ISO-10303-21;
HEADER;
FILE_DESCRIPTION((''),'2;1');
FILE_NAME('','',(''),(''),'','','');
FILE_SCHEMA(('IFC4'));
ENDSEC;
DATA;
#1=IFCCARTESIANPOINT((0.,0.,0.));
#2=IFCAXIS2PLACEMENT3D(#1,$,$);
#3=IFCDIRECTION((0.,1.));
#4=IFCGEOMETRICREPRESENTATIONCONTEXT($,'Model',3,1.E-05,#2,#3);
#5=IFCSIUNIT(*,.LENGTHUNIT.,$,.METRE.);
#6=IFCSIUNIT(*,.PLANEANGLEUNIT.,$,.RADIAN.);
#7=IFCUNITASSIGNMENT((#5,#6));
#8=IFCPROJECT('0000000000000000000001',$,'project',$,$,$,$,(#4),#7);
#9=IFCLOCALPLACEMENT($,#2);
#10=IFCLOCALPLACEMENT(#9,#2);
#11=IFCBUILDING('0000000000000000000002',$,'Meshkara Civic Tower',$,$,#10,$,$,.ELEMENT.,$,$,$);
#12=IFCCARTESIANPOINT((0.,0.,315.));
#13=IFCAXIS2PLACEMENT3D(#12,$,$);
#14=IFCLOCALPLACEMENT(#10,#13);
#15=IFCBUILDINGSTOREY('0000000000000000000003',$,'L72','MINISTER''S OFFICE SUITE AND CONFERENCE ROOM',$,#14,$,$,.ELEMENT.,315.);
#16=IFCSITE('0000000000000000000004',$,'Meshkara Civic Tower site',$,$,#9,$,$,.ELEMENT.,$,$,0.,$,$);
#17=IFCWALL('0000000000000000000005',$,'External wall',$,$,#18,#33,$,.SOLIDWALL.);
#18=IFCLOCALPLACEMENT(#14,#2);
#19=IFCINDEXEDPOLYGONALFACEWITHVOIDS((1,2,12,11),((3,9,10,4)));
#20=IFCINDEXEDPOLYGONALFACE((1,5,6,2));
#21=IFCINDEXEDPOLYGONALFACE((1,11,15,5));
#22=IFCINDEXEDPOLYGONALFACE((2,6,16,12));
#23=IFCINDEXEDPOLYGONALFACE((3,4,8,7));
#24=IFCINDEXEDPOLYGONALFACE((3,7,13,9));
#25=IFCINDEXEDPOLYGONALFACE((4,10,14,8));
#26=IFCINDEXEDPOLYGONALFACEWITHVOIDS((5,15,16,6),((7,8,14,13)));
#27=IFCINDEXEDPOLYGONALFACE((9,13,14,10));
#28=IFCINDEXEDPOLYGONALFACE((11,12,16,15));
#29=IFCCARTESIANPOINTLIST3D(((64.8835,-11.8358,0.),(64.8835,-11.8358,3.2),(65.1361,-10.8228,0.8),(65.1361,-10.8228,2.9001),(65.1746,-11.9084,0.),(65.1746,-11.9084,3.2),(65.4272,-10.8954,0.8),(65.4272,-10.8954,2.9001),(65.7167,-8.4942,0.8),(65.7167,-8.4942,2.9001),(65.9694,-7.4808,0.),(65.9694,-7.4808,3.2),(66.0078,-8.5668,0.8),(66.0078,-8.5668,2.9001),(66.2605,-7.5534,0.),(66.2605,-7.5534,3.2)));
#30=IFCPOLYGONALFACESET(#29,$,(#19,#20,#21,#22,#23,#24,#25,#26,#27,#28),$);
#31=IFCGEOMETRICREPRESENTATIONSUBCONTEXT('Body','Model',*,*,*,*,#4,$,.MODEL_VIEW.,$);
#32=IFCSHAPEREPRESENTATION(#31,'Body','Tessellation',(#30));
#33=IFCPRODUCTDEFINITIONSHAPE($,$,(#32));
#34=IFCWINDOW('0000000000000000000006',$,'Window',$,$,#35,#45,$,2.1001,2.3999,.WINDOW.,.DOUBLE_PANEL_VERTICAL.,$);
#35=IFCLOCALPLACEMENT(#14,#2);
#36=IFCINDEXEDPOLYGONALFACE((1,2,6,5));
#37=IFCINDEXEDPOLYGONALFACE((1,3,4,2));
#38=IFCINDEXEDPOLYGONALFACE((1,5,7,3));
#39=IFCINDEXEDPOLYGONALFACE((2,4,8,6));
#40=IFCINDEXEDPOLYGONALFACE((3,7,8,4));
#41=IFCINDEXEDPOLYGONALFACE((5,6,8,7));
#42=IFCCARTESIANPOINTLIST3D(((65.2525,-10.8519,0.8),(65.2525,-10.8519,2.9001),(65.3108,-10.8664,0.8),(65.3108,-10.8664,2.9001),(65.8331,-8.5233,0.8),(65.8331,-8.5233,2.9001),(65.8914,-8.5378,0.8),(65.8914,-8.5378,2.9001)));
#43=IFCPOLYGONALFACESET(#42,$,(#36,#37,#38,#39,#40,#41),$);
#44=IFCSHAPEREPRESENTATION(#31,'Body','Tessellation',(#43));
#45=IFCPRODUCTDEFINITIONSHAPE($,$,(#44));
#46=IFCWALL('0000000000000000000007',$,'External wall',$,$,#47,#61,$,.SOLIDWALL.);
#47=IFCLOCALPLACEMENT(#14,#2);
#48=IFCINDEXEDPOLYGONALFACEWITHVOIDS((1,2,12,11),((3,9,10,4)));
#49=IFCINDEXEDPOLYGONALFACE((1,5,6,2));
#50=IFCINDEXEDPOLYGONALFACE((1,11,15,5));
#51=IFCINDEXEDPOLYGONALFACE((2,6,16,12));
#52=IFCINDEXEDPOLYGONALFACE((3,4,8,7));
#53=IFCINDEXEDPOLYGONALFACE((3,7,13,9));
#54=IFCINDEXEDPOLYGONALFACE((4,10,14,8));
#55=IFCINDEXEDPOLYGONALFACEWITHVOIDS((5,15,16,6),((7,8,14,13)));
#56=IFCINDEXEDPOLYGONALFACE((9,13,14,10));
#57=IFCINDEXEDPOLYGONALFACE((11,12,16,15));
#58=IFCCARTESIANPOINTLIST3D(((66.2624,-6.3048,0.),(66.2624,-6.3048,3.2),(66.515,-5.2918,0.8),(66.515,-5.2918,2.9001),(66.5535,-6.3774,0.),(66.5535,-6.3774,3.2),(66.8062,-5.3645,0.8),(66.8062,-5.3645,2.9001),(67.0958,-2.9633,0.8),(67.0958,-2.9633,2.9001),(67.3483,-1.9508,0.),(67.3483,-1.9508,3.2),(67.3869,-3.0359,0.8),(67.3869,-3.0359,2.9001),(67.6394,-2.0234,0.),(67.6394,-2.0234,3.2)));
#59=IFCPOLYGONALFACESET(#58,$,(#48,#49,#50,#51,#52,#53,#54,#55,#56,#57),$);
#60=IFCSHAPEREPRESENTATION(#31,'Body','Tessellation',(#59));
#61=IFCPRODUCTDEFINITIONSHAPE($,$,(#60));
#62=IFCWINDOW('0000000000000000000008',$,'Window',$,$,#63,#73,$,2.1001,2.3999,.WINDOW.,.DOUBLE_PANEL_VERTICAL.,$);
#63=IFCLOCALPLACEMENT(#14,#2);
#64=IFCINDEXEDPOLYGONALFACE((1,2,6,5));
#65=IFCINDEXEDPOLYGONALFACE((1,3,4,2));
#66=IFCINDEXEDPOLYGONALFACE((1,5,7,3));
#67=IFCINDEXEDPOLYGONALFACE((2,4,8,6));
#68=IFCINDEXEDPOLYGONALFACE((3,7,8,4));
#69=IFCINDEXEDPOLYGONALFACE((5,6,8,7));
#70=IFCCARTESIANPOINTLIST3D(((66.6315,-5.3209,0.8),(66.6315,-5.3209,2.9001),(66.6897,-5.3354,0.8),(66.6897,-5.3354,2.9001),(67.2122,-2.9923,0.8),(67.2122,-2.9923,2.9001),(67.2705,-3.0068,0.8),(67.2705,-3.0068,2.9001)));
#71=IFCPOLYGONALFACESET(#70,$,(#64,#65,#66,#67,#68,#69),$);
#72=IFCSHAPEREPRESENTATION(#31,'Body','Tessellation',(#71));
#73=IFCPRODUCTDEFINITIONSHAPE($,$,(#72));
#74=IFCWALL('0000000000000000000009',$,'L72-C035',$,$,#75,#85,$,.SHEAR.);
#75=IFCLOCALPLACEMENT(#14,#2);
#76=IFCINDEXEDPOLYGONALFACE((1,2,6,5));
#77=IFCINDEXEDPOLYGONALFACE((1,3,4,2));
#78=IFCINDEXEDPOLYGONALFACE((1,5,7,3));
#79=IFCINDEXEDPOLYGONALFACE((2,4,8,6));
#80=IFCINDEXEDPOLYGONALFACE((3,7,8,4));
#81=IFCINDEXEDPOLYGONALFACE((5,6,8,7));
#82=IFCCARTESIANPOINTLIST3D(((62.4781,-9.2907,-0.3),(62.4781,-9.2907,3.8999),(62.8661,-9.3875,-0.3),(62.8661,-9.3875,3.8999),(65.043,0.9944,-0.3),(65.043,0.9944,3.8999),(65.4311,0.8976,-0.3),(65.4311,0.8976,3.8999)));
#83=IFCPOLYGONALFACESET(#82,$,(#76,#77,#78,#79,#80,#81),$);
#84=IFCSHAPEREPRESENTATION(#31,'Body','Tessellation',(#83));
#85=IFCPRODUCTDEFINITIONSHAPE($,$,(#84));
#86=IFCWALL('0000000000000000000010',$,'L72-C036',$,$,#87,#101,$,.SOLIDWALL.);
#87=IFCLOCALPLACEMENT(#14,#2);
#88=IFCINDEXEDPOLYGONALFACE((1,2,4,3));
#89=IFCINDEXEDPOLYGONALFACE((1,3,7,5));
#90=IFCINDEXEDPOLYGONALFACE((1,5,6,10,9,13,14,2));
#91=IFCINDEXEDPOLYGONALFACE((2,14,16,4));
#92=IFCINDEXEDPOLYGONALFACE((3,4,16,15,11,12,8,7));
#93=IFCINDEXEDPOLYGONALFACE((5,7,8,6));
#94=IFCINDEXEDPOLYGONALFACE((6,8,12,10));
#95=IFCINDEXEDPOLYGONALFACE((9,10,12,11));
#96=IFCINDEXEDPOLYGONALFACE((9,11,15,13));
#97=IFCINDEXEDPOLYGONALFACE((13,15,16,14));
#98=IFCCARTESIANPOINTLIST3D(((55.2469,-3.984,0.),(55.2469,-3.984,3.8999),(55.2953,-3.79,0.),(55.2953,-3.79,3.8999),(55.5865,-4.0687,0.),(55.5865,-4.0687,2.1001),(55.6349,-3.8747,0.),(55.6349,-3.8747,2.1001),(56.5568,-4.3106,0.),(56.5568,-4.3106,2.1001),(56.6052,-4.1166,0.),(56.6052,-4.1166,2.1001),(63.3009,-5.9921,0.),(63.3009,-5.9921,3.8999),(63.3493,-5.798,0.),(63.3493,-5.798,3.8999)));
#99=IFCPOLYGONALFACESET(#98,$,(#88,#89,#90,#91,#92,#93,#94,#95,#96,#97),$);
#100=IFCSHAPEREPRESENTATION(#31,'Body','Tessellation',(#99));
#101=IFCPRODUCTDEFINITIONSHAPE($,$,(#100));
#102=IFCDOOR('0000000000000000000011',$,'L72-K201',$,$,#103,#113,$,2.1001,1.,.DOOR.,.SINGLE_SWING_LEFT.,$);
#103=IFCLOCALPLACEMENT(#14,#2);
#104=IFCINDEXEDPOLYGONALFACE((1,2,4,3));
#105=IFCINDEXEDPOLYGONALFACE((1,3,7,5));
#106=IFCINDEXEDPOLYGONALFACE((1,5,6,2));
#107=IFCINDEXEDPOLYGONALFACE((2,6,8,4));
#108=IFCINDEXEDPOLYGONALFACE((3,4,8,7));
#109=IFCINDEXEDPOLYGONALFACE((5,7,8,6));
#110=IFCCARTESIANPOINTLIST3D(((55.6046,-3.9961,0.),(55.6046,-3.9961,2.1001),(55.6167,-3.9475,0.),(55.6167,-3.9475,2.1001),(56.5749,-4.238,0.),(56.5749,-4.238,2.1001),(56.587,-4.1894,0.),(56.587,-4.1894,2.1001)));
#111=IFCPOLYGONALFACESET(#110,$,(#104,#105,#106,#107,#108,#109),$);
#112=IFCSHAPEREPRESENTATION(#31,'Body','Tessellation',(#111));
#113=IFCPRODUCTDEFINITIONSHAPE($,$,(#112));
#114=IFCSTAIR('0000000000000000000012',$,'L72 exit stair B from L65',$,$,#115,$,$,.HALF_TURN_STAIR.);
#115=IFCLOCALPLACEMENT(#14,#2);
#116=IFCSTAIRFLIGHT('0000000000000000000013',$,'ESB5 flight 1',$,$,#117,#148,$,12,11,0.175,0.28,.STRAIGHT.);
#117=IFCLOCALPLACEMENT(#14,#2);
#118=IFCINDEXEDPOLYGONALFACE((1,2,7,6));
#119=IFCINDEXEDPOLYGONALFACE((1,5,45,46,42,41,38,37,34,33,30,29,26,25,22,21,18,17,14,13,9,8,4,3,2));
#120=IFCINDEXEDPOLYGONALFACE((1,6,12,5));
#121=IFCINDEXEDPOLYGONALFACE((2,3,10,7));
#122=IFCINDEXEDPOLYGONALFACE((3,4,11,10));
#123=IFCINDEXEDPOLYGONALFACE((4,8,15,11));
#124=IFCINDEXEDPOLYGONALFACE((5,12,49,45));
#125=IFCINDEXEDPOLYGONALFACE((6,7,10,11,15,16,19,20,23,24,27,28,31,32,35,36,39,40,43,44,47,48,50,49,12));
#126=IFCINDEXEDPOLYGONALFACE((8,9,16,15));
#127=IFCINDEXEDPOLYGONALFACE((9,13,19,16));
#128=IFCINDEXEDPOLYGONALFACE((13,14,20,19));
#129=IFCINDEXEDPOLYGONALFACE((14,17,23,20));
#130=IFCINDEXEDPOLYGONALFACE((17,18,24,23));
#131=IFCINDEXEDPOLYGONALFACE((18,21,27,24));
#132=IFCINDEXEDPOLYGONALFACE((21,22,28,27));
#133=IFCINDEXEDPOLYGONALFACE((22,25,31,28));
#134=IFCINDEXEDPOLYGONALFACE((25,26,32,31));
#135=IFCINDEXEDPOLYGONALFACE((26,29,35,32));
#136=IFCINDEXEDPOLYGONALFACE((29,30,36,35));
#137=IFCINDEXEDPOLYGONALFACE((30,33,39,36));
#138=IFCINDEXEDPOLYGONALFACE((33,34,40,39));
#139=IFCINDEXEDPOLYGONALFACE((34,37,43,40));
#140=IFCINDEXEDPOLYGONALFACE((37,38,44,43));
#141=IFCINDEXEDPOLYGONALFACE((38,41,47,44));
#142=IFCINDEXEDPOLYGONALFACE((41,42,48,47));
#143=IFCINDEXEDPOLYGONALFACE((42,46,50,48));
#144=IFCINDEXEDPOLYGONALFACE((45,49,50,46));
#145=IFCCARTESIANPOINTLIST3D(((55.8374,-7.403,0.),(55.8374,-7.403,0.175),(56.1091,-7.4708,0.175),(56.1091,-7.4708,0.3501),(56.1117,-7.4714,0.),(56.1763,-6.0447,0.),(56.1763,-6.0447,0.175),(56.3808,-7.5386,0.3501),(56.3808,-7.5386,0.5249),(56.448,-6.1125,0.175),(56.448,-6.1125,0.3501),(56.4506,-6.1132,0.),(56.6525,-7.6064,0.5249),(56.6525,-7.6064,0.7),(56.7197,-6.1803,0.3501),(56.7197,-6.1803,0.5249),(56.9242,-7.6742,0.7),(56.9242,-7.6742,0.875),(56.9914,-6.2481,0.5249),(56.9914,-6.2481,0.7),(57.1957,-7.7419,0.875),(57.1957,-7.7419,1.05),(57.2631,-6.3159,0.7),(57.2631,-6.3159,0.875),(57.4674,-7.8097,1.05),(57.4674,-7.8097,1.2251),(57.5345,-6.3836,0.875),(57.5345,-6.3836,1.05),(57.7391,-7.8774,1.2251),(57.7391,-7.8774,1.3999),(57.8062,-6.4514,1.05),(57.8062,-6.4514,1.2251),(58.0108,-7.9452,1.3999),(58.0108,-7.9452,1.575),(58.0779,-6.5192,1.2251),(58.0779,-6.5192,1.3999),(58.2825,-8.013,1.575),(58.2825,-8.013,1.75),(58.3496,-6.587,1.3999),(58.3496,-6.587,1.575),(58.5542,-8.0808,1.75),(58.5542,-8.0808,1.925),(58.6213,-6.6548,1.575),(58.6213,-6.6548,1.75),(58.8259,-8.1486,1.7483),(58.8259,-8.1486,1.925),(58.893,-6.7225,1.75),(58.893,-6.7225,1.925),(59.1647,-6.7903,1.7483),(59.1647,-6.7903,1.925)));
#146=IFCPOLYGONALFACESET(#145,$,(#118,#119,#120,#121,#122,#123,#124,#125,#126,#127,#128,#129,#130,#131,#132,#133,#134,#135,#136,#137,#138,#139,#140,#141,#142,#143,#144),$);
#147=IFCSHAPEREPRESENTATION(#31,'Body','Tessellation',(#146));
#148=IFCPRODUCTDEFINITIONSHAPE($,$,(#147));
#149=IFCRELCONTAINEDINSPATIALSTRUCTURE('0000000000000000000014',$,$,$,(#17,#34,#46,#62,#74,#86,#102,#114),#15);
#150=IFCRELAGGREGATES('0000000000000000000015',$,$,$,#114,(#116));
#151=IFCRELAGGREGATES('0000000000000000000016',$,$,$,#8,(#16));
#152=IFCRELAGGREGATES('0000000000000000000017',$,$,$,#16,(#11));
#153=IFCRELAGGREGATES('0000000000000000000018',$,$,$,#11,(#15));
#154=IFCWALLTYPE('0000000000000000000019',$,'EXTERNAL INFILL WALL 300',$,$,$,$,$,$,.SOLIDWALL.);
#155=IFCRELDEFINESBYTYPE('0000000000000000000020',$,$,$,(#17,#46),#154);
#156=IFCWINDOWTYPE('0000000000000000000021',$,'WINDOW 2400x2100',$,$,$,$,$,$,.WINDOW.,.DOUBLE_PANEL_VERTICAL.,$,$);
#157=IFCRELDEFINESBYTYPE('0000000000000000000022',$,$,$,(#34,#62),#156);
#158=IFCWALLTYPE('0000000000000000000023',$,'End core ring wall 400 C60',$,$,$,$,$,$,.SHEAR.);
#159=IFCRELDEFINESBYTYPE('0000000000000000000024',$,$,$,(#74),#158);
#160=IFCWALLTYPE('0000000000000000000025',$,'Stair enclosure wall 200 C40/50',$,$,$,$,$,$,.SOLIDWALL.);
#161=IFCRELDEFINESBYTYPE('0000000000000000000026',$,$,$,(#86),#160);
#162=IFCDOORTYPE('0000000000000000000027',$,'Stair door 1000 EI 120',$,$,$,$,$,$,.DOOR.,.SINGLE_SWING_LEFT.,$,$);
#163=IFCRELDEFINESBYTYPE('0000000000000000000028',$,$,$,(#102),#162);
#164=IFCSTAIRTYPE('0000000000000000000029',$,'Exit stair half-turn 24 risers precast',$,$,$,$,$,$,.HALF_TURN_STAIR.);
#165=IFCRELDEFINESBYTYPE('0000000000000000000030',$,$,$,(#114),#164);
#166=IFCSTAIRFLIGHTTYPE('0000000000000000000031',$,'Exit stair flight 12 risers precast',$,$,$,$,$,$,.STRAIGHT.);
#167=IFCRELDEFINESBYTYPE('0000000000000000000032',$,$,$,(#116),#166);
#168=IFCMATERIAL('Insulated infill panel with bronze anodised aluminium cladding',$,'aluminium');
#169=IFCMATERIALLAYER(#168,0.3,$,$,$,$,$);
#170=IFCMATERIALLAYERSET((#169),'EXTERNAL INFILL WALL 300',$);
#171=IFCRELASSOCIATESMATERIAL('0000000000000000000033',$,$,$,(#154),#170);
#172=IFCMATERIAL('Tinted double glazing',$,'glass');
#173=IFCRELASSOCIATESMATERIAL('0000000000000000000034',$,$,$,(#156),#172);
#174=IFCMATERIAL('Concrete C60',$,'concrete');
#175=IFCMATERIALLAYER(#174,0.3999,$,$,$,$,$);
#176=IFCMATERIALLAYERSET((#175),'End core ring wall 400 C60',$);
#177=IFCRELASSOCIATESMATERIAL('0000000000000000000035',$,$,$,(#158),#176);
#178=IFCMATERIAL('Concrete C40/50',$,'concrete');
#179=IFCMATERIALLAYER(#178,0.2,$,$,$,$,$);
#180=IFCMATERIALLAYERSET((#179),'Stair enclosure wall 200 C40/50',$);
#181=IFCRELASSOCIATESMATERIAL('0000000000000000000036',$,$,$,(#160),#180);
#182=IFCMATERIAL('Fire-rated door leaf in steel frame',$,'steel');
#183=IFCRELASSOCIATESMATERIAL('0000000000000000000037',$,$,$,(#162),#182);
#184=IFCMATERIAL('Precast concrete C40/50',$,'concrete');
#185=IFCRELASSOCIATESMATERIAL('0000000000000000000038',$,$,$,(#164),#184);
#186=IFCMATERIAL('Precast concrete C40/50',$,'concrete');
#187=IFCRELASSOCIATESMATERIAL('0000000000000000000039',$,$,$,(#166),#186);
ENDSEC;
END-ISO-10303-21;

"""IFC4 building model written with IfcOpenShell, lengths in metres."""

from ifc_helpers import new_model, si_unit, direction, frame, frame_2d, origin, place, context, subcontext, project, spatial, polyline, rectangle, outline, extrude, material, layer, layer_set, type_object, element, fill, aggregate, save


model = new_model("IFC4")

# Units and contexts
model_context = context("Model", 3, precision=1e-05, world=origin(), true_north=direction((0.0, 1.0)))
body_context = subcontext(model_context, "Body", "Model", "MODEL_VIEW")
ifc_project = project(units=[si_unit("LENGTHUNIT", "METRE"), si_unit("PLANEANGLEUNIT", "RADIAN")], contexts=[model_context])

# Site, building, storey
site_placement = place(None, origin())
site = spatial("IfcSite", under=ifc_project, at=site_placement, Name="Meshkara Civic Tower site", CompositionType="ELEMENT", RefElevation=0.0)
building_placement = place(site_placement, origin())
building = spatial("IfcBuilding", under=site, at=building_placement, Name="Meshkara Civic Tower", CompositionType="ELEMENT")
storey_placement = place(building_placement, frame((0.0, 0.0, 315.0)))
storey = spatial("IfcBuildingStorey", under=building, at=storey_placement, Name="L72", Description="MINISTER'S OFFICE SUITE AND CONFERENCE ROOM", CompositionType="ELEMENT", Elevation=315.0)

# Walls, openings, windows
ifc_material_1 = material(Name="Insulated infill panel with bronze anodised aluminium cladding", Category="aluminium")
ifc_layer_1 = layer(ifc_material_1, 0.3)
ifc_layer_set_1 = layer_set([ifc_layer_1], Name="EXTERNAL INFILL WALL 300")
wall_type_1 = type_object("IfcWallType", Name="EXTERNAL INFILL WALL 300", PredefinedType="SOLIDWALL", material=ifc_layer_set_1)
ifc_material_2 = material(Name="Tinted double glazing", Category="glass")
window_type = type_object("IfcWindowType", Name="WINDOW 2400x2100", PartitioningType="DOUBLE_PANEL_VERTICAL", PredefinedType="WINDOW", material=ifc_material_2)
wall_1_placement = place(storey_placement, frame((65.0291, -11.8721, 0.0), z_axis=(0.0, 0.0, 1.0), x_axis=(0.241947, 0.97029, 0.0)))
wall_1 = element("IfcWall", 1, at=wall_1_placement, inside=storey, type_object=wall_type_1, Name="External wall", PredefinedType="SOLIDWALL", context=body_context, shape_type="SweptSolid", body=[
    extrude(rectangle(XDim=4.4883, YDim=0.3, at=frame_2d((2.2441, 0.0))), origin(), (0.0, 0.0, 1.0), 3.2),
])
opening_1_placement = place(wall_1_placement, frame((1.0439, 0.0, 0.8)))
opening_1 = element("IfcOpeningElement", 2, at=opening_1_placement, cuts=wall_1, PredefinedType="OPENING", context=body_context, shape_type="SweptSolid", body=[
    extrude(rectangle(XDim=2.3999, YDim=2.1001, at=frame_2d((1.2, 1.05))), frame((0.0, 0.1599, 0.0), z_axis=(0.0, -1.0, 0.0), x_axis=(1.0, 0.0, 0.0)), (0.0, 0.0, 1.0), 0.3201),
])
window_1_placement = place(opening_1_placement, origin())
window_1 = element("IfcWindow", 3, at=window_1_placement, inside=storey, type_object=window_type, Name="Window", OverallHeight=2.1001, OverallWidth=2.3999, PartitioningType="DOUBLE_PANEL_VERTICAL", PredefinedType="WINDOW", context=body_context, shape_type="SweptSolid", body=[
    extrude(rectangle(XDim=2.3999, YDim=2.1001, at=frame_2d((1.2, 1.05))), frame((0.0, 0.03, 0.0), z_axis=(0.0, -1.0, 0.0), x_axis=(1.0, 0.0, 0.0)), (0.0, 0.0, 1.0), 0.0601),
])
fill(opening_1, window_1)
wall_2_placement = place(storey_placement, frame((66.408, -6.3411, 0.0), z_axis=(0.0, 0.0, 1.0), x_axis=(0.241998, 0.970277, 0.0)))
wall_2 = element("IfcWall", 4, at=wall_2_placement, inside=storey, type_object=wall_type_1, Name="External wall", PredefinedType="SOLIDWALL", context=body_context, shape_type="SweptSolid", body=[
    extrude(rectangle(XDim=4.4873, YDim=0.3, at=frame_2d((2.2437, 0.0))), origin(), (0.0, 0.0, 1.0), 3.2),
])
opening_2_placement = place(wall_2_placement, frame((1.0439, 0.0, 0.8)))
opening_2 = element("IfcOpeningElement", 5, at=opening_2_placement, cuts=wall_2, PredefinedType="OPENING", context=body_context, shape_type="SweptSolid", body=[
    extrude(rectangle(XDim=2.3999, YDim=2.1001, at=frame_2d((1.2, 1.05))), frame((0.0, 0.1599, 0.0), z_axis=(0.0, -1.0, 0.0), x_axis=(1.0, 0.0, 0.0)), (0.0, 0.0, 1.0), 0.3201),
])
window_2_placement = place(opening_2_placement, origin())
window_2 = element("IfcWindow", 6, at=window_2_placement, inside=storey, type_object=window_type, Name="Window", OverallHeight=2.1001, OverallWidth=2.3999, PartitioningType="DOUBLE_PANEL_VERTICAL", PredefinedType="WINDOW", context=body_context, shape_type="SweptSolid", body=[
    extrude(rectangle(XDim=2.3999, YDim=2.1001, at=frame_2d((1.2, 1.05))), frame((0.0, 0.03, 0.0), z_axis=(0.0, -1.0, 0.0), x_axis=(1.0, 0.0, 0.0)), (0.0, 0.0, 1.0), 0.0601),
])
fill(opening_2, window_2)

# Wall
ifc_material_3 = material(Name="Concrete C60", Category="concrete")
ifc_layer_2 = layer(ifc_material_3, 0.3999)
ifc_layer_set_2 = layer_set([ifc_layer_2], Name="End core ring wall 400 C60")
wall_type_2 = type_object("IfcWallType", Name="End core ring wall 400 C60", PredefinedType="SHEAR", material=ifc_layer_set_2)
wall_3_placement = place(storey_placement, frame((62.6721, -9.3391, -0.3), z_axis=(0.0, 0.0, 1.0), x_axis=(0.241972, 0.970283, 0.0)))
element("IfcWall", 7, at=wall_3_placement, inside=storey, type_object=wall_type_2, Name="L72-C035", PredefinedType="SHEAR", context=body_context, shape_type="SweptSolid", body=[
    extrude(rectangle(XDim=10.6001, YDim=0.3999, at=frame_2d((5.3, 0.0))), origin(), (0.0, 0.0, 1.0), 4.2),
])

# Wall, opening, door
ifc_material_4 = material(Name="Concrete C40/50", Category="concrete")
ifc_layer_3 = layer(ifc_material_4, 0.2)
ifc_layer_set_3 = layer_set([ifc_layer_3], Name="Stair enclosure wall 200 C40/50")
wall_type_3 = type_object("IfcWallType", Name="Stair enclosure wall 200 C40/50", PredefinedType="SOLIDWALL", material=ifc_layer_set_3)
wall_4_placement = place(storey_placement, frame((55.271, -3.887, 0.0), z_axis=(0.0, 0.0, 1.0), x_axis=(0.970296, -0.24192, 0.0)))
wall_4 = element("IfcWall", 8, at=wall_4_placement, inside=storey, type_object=wall_type_3, Name="L72-C036", PredefinedType="SOLIDWALL", context=body_context, shape_type="SweptSolid", body=[
    extrude(rectangle(XDim=8.3005, YDim=0.2, at=frame_2d((4.1504, 0.0))), origin(), (0.0, 0.0, 1.0), 3.8999),
])
opening_3_placement = place(wall_4_placement, frame((0.3501, 0.0, 0.0)))
opening_3 = element("IfcOpeningElement", 9, at=opening_3_placement, cuts=wall_4, PredefinedType="OPENING", context=body_context, shape_type="SweptSolid", body=[
    extrude(rectangle(XDim=1.0, YDim=2.1001, at=frame_2d((0.5, 1.05))), frame((0.0, 0.1099, 0.0), z_axis=(0.0, -1.0, 0.0), x_axis=(1.0, 0.0, 0.0)), (0.0, 0.0, 1.0), 0.22),
])
ifc_material_5 = material(Name="Fire-rated door leaf in steel frame", Category="steel")
door_type = type_object("IfcDoorType", Name="Stair door 1000 EI 120", OperationType="SINGLE_SWING_LEFT", PredefinedType="DOOR", material=ifc_material_5)
door_placement = place(opening_3_placement, origin())
door = element("IfcDoor", 10, at=door_placement, inside=storey, type_object=door_type, Name="L72-K201", OperationType="SINGLE_SWING_LEFT", OverallHeight=2.1001, OverallWidth=1.0, PredefinedType="DOOR", context=body_context, shape_type="SweptSolid", body=[
    extrude(rectangle(XDim=1.0, YDim=2.1001, at=frame_2d((0.5, 1.05))), frame((0.0, 0.0249, 0.0), z_axis=(0.0, -1.0, 0.0), x_axis=(1.0, 0.0, 0.0)), (0.0, 0.0, 1.0), 0.05),
])
fill(opening_3, door)

# Stair, stair flight
ifc_material_6 = material(Name="Precast concrete C40/50", Category="concrete")
stair_type = type_object("IfcStairType", Name="Exit stair half-turn 24 risers precast", PredefinedType="HALF_TURN_STAIR", material=ifc_material_6)
stair_placement = place(storey_placement, origin())
stair = element("IfcStair", 11, at=stair_placement, inside=storey, type_object=stair_type, Name="L72 exit stair B from L65", PredefinedType="HALF_TURN_STAIR")
ifc_material_7 = material(Name="Precast concrete C40/50", Category="concrete")
stair_flight_type = type_object("IfcStairFlightType", Name="Exit stair flight 12 risers precast", PredefinedType="STRAIGHT", material=ifc_material_7)
stair_flight_1_placement = place(storey_placement, frame((56.0068, -6.7239, 0.0), z_axis=(0.0, 0.0, 1.0), x_axis=(0.97026, -0.242065, 0.0)))
stair_flight_1 = element("IfcStairFlight", 12, at=stair_flight_1_placement, type_object=stair_flight_type, Name="ESB5 flight 1", NumberOfRisers=12, NumberOfTreads=11, PredefinedType="STRAIGHT", RiserHeight=0.175, TreadLength=0.28, context=body_context, shape_type="SweptSolid", body=[
    extrude(outline(polyline([(0.0, 0.0), (0.0, 0.175), (0.28, 0.175), (0.28, 0.3501), (0.5601, 0.3501), (0.5601, 0.5249), (0.8401, 0.5249), (0.8401, 0.7), (1.1201, 0.7), (1.1201, 0.875), (1.3999, 0.875), (1.3999, 1.05), (1.6799, 1.05), (1.6799, 1.2251), (1.96, 1.2251), (1.96, 1.3999), (2.24, 1.3999), (2.24, 1.575), (2.52, 1.575), (2.52, 1.75), (2.8, 1.75), (2.8, 1.925), (3.0801, 1.925), (3.0801, 2.1001), (3.0801, 1.7483), (0.2827, 0.0), (0.0, 0.0)])), frame((0.0, 0.7, 0.0), z_axis=(0.0, -1.0, 0.0), x_axis=(1.0, 0.0, 0.0)), (0.0, 0.0, 1.0), 1.3999),
])
aggregate(stair, [stair_flight_1])

save(model, "model.ifc")
